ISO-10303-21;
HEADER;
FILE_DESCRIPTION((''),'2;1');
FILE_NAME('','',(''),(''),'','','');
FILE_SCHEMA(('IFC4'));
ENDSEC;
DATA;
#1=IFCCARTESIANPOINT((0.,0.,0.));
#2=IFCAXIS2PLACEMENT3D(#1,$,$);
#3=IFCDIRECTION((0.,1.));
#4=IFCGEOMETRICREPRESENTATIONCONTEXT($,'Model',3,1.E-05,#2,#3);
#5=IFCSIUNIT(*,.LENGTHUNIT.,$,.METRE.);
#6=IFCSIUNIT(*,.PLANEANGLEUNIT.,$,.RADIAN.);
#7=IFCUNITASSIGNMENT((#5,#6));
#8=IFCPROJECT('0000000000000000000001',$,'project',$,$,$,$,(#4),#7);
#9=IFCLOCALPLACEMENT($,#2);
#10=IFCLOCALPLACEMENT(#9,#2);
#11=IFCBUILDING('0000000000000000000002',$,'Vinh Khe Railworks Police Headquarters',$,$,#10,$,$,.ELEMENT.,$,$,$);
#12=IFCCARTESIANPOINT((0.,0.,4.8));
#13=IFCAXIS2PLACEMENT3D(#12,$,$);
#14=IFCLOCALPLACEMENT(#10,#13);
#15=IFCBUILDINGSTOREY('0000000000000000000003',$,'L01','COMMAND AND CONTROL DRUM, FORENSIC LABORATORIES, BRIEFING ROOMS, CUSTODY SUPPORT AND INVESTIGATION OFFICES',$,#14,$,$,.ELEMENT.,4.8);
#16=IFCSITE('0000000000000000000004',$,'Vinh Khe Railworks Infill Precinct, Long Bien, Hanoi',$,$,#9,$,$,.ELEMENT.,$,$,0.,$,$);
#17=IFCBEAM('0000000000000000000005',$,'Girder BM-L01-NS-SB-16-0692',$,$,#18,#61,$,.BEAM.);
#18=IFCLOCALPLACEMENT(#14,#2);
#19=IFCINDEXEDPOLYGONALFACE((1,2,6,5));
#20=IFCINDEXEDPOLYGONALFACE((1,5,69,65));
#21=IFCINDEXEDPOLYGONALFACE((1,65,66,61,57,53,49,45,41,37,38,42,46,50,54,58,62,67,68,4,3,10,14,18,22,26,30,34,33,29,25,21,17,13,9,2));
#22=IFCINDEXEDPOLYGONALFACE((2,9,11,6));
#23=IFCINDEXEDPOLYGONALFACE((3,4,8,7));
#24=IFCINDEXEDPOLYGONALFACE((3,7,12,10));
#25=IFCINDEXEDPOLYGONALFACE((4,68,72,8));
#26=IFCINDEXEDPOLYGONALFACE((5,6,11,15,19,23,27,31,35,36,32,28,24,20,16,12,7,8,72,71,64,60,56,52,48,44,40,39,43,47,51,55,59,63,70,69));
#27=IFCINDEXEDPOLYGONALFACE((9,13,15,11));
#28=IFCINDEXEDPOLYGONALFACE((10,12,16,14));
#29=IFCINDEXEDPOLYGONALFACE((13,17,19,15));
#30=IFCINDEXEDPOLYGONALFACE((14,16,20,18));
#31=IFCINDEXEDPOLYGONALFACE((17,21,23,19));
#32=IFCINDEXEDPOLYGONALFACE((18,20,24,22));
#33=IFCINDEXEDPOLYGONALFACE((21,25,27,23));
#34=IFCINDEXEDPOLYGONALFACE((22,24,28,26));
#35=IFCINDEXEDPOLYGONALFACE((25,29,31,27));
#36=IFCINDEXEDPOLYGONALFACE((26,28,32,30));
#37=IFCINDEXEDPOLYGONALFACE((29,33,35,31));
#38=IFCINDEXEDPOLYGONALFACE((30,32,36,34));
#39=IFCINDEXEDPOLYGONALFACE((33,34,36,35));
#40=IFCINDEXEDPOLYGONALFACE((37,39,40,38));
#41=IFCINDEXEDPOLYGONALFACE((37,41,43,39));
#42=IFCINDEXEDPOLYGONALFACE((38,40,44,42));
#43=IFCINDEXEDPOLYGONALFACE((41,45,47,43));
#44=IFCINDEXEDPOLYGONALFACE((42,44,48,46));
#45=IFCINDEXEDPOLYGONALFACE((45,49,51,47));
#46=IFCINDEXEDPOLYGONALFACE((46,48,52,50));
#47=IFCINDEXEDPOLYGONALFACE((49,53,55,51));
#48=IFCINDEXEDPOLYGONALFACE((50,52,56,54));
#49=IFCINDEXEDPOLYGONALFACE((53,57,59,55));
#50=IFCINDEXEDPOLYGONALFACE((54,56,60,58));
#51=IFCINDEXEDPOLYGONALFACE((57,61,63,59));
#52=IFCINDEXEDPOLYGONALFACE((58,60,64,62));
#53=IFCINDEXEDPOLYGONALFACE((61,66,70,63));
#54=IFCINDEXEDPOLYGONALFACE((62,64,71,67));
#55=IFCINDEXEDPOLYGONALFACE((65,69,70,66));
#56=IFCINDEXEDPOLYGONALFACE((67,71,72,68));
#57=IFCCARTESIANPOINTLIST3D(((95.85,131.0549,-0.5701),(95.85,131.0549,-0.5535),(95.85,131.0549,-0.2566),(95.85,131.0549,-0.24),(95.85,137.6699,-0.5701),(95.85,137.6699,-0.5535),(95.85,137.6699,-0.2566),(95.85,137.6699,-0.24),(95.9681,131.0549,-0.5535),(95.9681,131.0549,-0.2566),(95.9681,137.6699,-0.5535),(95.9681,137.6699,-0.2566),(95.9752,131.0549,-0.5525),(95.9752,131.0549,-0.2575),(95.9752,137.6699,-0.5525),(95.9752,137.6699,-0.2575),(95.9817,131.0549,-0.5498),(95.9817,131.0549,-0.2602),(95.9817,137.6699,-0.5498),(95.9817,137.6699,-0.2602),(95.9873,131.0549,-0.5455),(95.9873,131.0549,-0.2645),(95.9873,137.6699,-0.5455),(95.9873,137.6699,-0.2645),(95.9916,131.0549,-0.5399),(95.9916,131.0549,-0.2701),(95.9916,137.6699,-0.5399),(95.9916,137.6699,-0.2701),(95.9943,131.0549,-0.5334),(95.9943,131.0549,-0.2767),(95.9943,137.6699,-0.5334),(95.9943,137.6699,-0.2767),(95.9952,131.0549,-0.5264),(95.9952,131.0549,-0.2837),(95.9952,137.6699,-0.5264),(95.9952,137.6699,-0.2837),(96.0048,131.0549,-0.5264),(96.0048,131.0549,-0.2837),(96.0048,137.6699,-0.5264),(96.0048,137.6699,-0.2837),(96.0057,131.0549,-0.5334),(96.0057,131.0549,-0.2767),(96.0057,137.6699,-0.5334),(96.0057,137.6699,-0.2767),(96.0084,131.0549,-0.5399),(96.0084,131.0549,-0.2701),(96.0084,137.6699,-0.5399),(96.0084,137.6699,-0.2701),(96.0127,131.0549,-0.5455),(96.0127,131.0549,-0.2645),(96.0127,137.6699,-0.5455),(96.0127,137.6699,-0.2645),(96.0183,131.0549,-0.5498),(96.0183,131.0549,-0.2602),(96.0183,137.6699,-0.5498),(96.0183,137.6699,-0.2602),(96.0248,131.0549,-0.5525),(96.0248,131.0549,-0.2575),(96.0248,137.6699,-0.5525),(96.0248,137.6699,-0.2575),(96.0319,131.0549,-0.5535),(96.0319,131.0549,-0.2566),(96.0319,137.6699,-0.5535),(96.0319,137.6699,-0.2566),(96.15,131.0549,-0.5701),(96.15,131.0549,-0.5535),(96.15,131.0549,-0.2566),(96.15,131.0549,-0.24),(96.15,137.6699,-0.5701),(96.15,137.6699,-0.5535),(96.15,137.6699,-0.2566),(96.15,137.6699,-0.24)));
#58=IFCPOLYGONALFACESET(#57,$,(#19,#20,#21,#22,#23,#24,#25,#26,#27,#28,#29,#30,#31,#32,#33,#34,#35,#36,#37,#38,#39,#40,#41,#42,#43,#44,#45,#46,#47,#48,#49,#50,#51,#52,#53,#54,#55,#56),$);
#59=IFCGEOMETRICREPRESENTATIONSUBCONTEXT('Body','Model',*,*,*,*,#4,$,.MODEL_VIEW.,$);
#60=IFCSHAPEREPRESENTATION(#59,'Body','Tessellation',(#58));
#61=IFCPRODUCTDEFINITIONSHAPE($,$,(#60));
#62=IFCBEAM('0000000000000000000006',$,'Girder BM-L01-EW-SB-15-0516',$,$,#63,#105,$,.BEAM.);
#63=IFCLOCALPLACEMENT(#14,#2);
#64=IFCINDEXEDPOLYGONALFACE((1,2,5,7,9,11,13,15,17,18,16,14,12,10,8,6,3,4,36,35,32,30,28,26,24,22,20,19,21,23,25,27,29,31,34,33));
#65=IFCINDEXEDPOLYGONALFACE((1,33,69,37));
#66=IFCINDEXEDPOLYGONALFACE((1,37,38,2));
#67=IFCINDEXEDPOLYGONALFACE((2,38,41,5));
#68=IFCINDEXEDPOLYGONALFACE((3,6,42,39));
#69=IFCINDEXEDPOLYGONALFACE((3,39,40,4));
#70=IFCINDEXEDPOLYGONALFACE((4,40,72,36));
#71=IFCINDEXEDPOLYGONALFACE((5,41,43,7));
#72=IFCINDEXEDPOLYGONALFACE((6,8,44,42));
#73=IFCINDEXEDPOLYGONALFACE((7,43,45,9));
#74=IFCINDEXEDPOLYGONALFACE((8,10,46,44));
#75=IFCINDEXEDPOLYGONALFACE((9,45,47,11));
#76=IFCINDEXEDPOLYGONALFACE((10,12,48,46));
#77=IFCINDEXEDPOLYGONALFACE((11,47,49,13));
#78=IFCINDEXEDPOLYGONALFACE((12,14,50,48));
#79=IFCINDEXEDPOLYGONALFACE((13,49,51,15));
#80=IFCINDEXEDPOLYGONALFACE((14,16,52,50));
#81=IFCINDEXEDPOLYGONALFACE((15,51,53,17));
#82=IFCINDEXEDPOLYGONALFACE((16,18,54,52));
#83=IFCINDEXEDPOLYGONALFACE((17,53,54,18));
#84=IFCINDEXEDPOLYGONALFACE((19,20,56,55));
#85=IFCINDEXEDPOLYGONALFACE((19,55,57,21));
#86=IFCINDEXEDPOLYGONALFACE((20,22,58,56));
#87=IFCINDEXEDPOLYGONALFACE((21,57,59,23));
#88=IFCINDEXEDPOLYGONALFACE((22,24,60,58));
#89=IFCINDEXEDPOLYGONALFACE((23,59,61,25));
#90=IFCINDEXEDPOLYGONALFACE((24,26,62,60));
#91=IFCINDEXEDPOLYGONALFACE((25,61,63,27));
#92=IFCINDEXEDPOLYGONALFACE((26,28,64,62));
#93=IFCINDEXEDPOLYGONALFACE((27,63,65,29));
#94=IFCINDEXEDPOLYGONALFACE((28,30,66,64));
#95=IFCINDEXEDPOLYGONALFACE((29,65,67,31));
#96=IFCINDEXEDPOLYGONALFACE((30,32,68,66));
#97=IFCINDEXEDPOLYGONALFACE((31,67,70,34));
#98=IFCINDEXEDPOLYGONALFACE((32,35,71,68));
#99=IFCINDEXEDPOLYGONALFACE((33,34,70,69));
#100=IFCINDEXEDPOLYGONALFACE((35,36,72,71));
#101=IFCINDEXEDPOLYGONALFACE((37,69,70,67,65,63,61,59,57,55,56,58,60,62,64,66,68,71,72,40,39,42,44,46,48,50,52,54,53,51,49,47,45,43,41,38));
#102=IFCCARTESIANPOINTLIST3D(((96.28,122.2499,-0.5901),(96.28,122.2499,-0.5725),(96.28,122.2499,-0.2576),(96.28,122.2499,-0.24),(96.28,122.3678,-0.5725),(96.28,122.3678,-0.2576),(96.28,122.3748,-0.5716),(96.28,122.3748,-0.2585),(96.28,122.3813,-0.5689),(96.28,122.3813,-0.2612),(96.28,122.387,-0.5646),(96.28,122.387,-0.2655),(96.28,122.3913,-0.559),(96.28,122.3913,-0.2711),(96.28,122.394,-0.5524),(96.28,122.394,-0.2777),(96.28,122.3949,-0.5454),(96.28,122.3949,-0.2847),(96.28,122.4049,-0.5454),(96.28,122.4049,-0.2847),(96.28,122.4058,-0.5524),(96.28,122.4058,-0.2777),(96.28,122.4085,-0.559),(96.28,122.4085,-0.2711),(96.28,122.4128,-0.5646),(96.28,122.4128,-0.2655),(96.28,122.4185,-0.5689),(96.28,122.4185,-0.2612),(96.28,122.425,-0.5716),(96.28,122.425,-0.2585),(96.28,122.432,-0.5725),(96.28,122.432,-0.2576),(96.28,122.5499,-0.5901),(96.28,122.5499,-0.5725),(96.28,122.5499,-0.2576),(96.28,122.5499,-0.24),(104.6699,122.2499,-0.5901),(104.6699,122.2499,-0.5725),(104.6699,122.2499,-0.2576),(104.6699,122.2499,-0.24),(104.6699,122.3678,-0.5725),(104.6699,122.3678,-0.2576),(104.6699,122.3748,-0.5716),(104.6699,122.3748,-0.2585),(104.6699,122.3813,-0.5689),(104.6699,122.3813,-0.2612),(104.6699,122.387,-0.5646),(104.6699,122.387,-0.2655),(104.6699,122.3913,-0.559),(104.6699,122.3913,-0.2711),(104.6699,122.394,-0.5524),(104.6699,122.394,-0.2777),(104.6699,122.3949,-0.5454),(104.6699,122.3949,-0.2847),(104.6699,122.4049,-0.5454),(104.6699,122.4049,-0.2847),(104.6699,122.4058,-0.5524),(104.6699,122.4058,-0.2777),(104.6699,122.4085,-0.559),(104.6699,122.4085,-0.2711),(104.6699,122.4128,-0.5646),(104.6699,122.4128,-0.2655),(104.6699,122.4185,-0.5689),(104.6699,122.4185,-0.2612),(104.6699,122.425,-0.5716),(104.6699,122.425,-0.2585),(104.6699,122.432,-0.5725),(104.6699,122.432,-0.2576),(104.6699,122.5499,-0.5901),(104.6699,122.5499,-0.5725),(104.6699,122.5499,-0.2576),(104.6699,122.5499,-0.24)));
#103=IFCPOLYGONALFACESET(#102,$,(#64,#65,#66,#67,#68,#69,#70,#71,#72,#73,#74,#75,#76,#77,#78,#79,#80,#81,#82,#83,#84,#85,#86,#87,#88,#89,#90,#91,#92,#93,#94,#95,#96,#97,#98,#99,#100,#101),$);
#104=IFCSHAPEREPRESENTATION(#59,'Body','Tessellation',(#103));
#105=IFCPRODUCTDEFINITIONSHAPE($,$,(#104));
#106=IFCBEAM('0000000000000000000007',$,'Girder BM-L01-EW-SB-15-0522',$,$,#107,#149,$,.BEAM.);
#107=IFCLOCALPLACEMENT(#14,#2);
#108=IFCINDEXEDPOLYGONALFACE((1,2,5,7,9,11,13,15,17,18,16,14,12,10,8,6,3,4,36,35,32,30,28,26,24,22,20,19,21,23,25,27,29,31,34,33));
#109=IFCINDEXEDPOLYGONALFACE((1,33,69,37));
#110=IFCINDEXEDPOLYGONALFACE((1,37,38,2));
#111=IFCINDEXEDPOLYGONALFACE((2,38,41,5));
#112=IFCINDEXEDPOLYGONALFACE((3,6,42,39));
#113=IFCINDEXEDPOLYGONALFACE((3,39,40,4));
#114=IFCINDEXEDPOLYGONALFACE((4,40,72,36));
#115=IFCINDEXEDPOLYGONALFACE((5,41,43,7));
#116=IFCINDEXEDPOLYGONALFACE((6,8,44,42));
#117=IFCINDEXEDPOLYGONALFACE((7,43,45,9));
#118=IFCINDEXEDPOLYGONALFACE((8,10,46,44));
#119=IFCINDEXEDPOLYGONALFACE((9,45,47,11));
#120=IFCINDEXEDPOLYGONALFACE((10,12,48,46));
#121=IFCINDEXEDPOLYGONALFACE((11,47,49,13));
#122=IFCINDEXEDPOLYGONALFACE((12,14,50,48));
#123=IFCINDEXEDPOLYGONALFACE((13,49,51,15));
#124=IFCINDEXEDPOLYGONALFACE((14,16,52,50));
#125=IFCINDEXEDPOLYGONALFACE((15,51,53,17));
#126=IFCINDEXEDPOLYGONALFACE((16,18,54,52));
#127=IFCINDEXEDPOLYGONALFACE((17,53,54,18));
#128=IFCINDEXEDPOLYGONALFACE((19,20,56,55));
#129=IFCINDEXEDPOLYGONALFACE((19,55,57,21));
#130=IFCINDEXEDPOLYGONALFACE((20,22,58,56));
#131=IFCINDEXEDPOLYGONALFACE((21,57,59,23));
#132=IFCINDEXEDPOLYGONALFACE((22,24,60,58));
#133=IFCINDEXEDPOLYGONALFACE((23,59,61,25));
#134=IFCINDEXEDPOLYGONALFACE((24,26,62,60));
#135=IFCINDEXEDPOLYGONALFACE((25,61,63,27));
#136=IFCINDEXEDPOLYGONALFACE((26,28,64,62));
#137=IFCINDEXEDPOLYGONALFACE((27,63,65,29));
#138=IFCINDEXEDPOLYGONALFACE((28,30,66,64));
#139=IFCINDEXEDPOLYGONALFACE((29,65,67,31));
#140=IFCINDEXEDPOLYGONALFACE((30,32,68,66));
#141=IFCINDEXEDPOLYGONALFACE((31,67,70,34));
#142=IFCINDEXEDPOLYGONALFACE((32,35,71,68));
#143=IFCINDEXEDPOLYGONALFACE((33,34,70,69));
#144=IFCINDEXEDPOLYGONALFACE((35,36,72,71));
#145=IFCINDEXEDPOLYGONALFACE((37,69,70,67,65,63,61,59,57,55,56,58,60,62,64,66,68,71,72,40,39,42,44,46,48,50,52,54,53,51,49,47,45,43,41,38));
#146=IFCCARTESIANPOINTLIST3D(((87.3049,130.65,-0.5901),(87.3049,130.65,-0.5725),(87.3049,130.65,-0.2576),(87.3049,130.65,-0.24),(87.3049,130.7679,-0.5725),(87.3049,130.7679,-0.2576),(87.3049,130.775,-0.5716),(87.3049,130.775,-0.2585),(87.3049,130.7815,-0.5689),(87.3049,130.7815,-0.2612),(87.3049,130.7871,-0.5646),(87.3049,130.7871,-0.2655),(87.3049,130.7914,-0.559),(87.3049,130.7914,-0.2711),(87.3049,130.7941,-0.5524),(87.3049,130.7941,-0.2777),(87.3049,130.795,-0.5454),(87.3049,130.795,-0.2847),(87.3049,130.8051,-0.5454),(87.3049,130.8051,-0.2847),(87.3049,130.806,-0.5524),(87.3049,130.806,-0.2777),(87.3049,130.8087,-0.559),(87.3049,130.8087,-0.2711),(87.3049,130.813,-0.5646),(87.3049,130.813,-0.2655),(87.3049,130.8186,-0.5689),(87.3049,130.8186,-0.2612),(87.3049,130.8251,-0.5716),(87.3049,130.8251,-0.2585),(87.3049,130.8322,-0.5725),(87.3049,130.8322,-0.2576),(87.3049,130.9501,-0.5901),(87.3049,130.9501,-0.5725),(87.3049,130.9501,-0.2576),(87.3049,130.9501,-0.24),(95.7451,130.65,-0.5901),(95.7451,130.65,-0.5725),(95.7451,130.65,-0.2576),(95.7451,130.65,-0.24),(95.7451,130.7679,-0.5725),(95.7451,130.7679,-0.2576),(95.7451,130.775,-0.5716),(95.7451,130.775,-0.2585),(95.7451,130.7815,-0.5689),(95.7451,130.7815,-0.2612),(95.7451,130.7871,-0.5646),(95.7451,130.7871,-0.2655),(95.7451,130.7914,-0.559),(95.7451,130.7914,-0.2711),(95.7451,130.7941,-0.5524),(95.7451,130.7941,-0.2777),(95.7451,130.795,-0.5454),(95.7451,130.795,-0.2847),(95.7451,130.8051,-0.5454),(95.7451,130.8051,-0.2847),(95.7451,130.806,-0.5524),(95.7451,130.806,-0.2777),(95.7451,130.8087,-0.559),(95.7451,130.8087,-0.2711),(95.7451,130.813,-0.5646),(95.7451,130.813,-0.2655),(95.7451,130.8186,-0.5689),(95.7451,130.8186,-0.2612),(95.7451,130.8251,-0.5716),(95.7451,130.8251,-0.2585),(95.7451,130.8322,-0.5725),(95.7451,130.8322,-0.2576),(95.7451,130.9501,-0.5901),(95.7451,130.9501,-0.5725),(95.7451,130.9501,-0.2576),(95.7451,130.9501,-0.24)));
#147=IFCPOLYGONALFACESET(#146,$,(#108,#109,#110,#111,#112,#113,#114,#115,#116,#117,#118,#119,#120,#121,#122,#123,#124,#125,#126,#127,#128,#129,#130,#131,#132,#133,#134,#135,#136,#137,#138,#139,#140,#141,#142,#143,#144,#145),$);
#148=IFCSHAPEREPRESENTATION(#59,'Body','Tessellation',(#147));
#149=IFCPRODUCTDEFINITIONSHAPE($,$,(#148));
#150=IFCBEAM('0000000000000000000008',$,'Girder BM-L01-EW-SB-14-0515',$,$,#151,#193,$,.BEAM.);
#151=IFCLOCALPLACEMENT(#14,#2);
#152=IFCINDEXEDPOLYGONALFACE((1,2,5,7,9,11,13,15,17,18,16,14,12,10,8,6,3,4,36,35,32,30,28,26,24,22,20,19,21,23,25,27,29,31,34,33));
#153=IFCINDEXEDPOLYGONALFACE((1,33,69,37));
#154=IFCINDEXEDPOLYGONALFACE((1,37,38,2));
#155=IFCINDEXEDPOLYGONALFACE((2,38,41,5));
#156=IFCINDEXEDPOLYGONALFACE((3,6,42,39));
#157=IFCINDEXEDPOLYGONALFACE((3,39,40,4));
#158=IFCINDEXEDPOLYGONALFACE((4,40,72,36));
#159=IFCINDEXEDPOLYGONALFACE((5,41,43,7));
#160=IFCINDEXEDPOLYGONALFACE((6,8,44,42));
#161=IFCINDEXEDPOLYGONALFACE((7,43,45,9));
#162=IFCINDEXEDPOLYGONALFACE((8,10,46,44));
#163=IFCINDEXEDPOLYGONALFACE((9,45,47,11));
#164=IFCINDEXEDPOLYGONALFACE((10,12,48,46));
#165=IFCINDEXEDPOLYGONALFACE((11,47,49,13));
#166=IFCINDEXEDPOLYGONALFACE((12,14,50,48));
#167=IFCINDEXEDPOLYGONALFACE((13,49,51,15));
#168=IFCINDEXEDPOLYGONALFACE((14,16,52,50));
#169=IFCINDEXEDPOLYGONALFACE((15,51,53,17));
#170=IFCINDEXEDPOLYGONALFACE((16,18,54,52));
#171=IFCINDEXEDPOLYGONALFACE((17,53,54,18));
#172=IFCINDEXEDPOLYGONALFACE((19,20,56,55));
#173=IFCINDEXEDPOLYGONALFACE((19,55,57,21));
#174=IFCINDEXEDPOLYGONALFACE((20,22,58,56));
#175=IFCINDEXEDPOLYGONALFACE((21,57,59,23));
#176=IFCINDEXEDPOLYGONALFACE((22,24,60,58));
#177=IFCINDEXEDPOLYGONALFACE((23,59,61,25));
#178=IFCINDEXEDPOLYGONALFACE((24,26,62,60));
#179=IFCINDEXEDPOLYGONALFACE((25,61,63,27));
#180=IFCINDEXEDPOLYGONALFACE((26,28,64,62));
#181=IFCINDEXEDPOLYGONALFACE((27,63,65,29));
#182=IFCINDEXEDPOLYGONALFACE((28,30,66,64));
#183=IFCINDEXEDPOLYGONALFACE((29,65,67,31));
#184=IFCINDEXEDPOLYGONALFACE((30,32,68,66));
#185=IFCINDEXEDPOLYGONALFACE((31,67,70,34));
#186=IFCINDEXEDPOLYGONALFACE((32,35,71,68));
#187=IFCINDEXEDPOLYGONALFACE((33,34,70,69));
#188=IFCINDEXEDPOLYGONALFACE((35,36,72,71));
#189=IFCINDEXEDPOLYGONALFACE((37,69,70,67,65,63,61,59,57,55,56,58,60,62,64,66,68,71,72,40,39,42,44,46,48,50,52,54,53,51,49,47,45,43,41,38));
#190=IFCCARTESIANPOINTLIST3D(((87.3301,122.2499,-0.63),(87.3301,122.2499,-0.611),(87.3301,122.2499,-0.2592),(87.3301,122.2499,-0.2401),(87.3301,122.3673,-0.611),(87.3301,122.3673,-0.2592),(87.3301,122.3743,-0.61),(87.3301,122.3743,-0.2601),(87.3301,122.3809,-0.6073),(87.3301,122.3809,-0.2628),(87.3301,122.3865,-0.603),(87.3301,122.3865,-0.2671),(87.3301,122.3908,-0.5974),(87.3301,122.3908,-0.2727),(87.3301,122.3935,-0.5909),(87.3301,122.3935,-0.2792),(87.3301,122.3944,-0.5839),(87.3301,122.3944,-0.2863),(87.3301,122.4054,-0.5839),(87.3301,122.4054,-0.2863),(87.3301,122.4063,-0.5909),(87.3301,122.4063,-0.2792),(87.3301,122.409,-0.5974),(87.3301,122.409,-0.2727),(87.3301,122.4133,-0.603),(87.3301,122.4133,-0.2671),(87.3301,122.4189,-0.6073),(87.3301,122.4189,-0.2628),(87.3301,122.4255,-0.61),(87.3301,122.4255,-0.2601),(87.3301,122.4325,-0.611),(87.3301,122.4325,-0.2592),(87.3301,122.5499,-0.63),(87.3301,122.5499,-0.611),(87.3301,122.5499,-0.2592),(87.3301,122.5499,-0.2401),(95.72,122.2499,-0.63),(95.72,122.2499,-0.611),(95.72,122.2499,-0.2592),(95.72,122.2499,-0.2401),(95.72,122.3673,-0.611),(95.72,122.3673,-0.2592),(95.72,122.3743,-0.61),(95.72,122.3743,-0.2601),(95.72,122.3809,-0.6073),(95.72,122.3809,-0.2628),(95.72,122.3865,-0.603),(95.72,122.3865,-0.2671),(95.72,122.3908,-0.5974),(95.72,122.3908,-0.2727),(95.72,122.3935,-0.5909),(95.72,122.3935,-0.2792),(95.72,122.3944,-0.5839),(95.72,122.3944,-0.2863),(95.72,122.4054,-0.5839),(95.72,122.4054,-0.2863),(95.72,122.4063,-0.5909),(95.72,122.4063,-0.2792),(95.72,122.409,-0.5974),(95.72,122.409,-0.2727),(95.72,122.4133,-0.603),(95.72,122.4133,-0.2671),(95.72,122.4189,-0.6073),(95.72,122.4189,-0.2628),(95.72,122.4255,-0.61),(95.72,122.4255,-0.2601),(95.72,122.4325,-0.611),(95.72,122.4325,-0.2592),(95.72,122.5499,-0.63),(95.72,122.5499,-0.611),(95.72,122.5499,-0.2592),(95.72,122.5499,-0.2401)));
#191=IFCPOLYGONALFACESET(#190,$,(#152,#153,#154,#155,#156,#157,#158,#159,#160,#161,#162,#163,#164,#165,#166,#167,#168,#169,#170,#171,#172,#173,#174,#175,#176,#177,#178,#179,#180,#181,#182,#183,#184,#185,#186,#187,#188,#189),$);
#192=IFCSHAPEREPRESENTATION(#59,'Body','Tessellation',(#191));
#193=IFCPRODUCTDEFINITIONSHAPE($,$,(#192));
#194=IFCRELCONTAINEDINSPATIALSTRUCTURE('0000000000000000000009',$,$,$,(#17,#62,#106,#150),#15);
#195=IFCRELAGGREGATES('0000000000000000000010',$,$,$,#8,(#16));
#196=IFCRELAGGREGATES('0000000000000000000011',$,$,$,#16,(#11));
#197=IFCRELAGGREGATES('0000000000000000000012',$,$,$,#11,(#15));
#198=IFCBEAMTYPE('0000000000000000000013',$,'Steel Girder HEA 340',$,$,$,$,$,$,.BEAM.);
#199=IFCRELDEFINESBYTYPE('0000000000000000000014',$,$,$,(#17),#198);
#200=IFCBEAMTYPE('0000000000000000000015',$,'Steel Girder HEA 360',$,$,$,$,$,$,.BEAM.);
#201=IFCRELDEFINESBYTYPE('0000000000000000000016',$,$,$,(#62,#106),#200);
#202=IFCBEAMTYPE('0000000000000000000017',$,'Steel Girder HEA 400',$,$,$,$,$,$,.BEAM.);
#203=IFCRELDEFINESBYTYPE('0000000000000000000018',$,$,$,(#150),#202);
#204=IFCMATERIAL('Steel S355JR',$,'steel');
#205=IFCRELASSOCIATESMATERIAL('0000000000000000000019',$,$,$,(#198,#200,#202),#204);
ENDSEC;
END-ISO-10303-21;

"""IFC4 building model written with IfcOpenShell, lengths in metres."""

from ifc_helpers import new_model, si_unit, direction, frame, origin, origin_2d, place, context, subcontext, project, spatial, i_section, extrude, material, material_profile, profile_set, type_object, element, save


model = new_model("IFC4")

# Units and contexts
model_context = context("Model", 3, precision=1e-05, world=origin(), true_north=direction((0.0, 1.0)))
body_context = subcontext(model_context, "Body", "Model", "MODEL_VIEW")
ifc_project = project(units=[si_unit("LENGTHUNIT", "METRE"), si_unit("PLANEANGLEUNIT", "RADIAN")], contexts=[model_context])

# Site, building, storey
site_placement = place(None, origin())
site = spatial("IfcSite", under=ifc_project, at=site_placement, Name="Vinh Khe Railworks Infill Precinct, Long Bien, Hanoi", CompositionType="ELEMENT", RefElevation=0.0)
building_placement = place(site_placement, origin())
building = spatial("IfcBuilding", under=site, at=building_placement, Name="Vinh Khe Railworks Police Headquarters", CompositionType="ELEMENT")
storey_placement = place(building_placement, frame((0.0, 0.0, 4.8)))
storey = spatial("IfcBuildingStorey", under=building, at=storey_placement, Name="L01", Description="COMMAND AND CONTROL DRUM, FORENSIC LABORATORIES, BRIEFING ROOMS, CUSTODY SUPPORT AND INVESTIGATION OFFICES", CompositionType="ELEMENT", Elevation=4.8)

# Beams
ifc_material_1 = material(Name="Steel S355JR", Category="steel")
ifc_material_profile_1 = material_profile(ifc_material_1, i_section(OverallWidth=0.3, OverallDepth=0.3301, WebThickness=0.0095, FlangeThickness=0.0166, FilletRadius=0.0271, at=origin_2d()), Name="HEA 340")
ifc_profile_set_1 = profile_set([ifc_material_profile_1], Name="Steel S355JR")
beam_type_1 = type_object("IfcBeamType", Name="Steel Girder HEA 340", PredefinedType="BEAM", material=ifc_profile_set_1)
beam_1_placement = place(storey_placement, frame((96.0, 131.0549, -0.405), z_axis=(0.0, 1.0, 0.0), x_axis=(-1.0, 0.0, 0.0)))
element("IfcBeam", 1, at=beam_1_placement, inside=storey, type_object=beam_type_1, Name="Girder BM-L01-NS-SB-16-0692", PredefinedType="BEAM", context=body_context, shape_type="SweptSolid", body=[
    extrude(i_section(OverallWidth=0.3, OverallDepth=0.3301, WebThickness=0.0095, FlangeThickness=0.0166, FilletRadius=0.0271, at=origin_2d()), origin(), (0.0, 0.0, 1.0), 6.615),
])
ifc_material_profile_2 = material_profile(ifc_material_1, i_section(OverallWidth=0.3, OverallDepth=0.3501, WebThickness=0.01, FlangeThickness=0.0176, FilletRadius=0.0271, at=origin_2d()), Name="HEA 360")
ifc_profile_set_2 = profile_set([ifc_material_profile_2], Name="Steel S355JR")
beam_type_2 = type_object("IfcBeamType", Name="Steel Girder HEA 360", PredefinedType="BEAM", material=ifc_profile_set_2)
beam_2_placement = place(storey_placement, frame((96.28, 122.3999, -0.415), z_axis=(1.0, 0.0, 0.0), x_axis=(0.0, 1.0, 0.0)))
element("IfcBeam", 2, at=beam_2_placement, inside=storey, type_object=beam_type_2, Name="Girder BM-L01-EW-SB-15-0516", PredefinedType="BEAM", context=body_context, shape_type="SweptSolid", body=[
    extrude(i_section(OverallWidth=0.3, OverallDepth=0.3501, WebThickness=0.01, FlangeThickness=0.0176, FilletRadius=0.0271, at=origin_2d()), origin(), (0.0, 0.0, 1.0), 8.3899),
])
beam_3_placement = place(storey_placement, frame((87.3049, 130.8, -0.415), z_axis=(1.0, 0.0, 0.0), x_axis=(0.0, 1.0, 0.0)))
element("IfcBeam", 3, at=beam_3_placement, inside=storey, type_object=beam_type_2, Name="Girder BM-L01-EW-SB-15-0522", PredefinedType="BEAM", context=body_context, shape_type="SweptSolid", body=[
    extrude(i_section(OverallWidth=0.3, OverallDepth=0.3501, WebThickness=0.01, FlangeThickness=0.0176, FilletRadius=0.0271, at=origin_2d()), origin(), (0.0, 0.0, 1.0), 8.4402),
])
ifc_material_profile_3 = material_profile(ifc_material_1, i_section(OverallWidth=0.3, OverallDepth=0.3899, WebThickness=0.011, FlangeThickness=0.019, FilletRadius=0.0271, at=origin_2d()), Name="HEA 400")
ifc_profile_set_3 = profile_set([ifc_material_profile_3], Name="Steel S355JR")
beam_type_3 = type_object("IfcBeamType", Name="Steel Girder HEA 400", PredefinedType="BEAM", material=ifc_profile_set_3)
for number, where, z_axis, x_axis, name in (
    (4, (87.3301, 122.3999, -0.4351), (1.0, 0.0, 0.0), (0.0, 1.0, 0.0), "Girder BM-L01-EW-SB-14-0515"),
):
    element("IfcBeam", number, at=place(storey_placement, frame(where, z_axis=z_axis, x_axis=x_axis)), inside=storey, type_object=beam_type_3, Name=name, PredefinedType="BEAM", context=body_context, shape_type="SweptSolid", body=[
        extrude(i_section(OverallWidth=0.3, OverallDepth=0.3899, WebThickness=0.011, FlangeThickness=0.019, FilletRadius=0.0271, at=origin_2d()), origin(), (0.0, 0.0, 1.0), 8.3899),
    ])

save(model, "model.ifc")
